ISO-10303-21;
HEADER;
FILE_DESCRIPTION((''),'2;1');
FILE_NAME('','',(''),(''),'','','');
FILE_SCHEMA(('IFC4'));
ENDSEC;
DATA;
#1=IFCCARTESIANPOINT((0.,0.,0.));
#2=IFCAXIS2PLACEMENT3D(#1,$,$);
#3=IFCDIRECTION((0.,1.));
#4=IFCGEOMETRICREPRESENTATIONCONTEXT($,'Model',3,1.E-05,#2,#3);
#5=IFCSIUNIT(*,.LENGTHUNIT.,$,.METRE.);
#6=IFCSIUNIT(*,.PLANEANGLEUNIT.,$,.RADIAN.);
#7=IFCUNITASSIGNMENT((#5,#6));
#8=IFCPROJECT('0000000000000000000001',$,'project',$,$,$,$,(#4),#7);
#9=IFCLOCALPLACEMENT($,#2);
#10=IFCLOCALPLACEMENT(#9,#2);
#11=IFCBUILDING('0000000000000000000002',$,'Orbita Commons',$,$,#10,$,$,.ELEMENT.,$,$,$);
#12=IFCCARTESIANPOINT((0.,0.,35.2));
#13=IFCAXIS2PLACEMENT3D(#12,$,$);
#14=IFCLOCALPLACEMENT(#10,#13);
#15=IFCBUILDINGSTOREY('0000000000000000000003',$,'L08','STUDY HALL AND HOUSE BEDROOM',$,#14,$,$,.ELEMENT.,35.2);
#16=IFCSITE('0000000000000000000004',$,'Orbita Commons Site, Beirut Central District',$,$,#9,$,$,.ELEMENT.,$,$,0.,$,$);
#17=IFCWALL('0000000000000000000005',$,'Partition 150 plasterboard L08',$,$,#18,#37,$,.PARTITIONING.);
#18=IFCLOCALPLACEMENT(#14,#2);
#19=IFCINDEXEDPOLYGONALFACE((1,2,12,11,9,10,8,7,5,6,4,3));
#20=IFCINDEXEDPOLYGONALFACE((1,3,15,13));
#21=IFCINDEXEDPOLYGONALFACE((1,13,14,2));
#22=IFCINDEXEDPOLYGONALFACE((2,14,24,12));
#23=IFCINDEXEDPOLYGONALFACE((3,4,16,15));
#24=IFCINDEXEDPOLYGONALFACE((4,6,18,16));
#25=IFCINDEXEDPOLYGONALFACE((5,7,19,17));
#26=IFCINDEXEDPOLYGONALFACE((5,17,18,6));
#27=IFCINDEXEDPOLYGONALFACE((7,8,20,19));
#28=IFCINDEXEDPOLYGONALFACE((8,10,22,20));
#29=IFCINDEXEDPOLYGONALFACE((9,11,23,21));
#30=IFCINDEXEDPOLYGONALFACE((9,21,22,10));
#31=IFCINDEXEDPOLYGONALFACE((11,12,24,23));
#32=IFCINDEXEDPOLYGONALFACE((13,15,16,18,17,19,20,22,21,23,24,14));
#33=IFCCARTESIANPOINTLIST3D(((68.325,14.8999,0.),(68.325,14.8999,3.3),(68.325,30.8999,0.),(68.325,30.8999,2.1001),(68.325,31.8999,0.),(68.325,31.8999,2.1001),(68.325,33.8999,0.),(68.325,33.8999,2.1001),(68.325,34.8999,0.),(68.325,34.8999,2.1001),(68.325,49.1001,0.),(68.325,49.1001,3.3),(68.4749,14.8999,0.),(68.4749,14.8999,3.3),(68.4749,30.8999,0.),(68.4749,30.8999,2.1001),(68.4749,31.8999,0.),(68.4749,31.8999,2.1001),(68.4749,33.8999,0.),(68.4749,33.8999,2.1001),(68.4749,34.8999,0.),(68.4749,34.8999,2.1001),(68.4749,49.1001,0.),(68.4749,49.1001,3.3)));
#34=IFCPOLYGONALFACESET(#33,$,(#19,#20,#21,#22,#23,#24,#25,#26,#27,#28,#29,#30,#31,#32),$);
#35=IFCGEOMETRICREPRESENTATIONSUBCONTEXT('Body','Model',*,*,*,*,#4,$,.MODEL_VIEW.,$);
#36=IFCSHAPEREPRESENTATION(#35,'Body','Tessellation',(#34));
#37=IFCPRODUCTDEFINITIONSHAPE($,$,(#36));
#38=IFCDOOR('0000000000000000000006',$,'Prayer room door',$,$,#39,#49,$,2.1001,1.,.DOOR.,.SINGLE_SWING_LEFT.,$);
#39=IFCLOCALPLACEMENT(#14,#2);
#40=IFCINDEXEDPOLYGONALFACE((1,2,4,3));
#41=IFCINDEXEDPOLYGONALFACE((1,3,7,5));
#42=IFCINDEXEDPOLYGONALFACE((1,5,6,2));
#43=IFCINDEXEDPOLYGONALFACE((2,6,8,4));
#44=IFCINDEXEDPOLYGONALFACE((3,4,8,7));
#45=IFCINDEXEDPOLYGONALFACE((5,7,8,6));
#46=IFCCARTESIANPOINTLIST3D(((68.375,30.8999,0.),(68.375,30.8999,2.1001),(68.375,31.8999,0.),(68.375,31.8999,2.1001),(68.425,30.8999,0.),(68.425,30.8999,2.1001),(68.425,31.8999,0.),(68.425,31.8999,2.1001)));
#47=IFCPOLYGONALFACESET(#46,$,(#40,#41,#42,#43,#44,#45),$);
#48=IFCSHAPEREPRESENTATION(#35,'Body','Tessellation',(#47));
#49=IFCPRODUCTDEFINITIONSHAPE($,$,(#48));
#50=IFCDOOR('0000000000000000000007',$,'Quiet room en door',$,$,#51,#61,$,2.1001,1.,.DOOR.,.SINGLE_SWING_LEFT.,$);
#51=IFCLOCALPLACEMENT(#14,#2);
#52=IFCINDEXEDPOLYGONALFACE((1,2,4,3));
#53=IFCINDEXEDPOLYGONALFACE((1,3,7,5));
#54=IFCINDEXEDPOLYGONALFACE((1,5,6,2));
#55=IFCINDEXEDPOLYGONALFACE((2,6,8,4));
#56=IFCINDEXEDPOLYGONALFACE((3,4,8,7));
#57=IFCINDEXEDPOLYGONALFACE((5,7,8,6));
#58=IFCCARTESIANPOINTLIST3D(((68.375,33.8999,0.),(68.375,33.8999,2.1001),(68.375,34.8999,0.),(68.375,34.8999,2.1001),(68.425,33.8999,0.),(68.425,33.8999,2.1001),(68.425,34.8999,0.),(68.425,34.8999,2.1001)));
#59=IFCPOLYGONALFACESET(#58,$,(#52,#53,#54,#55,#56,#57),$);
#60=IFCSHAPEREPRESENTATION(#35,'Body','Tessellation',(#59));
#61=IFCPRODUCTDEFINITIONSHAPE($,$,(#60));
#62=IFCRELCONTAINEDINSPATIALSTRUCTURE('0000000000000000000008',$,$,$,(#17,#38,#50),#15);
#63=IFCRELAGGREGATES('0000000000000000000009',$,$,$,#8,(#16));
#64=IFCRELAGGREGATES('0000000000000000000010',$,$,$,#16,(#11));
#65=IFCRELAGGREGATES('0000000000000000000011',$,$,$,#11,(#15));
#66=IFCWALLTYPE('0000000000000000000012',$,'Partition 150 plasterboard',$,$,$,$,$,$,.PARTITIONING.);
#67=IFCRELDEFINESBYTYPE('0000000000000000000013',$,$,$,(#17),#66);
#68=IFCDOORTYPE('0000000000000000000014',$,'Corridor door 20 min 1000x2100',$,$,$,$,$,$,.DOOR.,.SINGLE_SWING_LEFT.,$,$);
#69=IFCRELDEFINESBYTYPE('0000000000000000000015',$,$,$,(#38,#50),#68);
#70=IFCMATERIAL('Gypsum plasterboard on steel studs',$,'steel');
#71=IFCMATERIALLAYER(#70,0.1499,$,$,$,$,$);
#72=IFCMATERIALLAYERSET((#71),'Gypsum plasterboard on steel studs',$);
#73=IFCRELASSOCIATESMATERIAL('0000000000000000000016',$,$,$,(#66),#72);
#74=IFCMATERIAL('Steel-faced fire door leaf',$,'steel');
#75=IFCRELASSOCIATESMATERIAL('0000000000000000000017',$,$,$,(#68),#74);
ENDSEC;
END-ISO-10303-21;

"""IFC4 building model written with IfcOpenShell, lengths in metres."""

from ifc_helpers import new_model, si_unit, direction, frame, frame_2d, origin, place, context, subcontext, project, spatial, rectangle, extrude, material, layer, layer_set, type_object, element, fill, save


model = new_model("IFC4")

# Units and contexts
model_context = context("Model", 3, precision=1e-05, world=origin(), true_north=direction((0.0, 1.0)))
body_context = subcontext(model_context, "Body", "Model", "MODEL_VIEW")
ifc_project = project(units=[si_unit("LENGTHUNIT", "METRE"), si_unit("PLANEANGLEUNIT", "RADIAN")], contexts=[model_context])

# Site, building, storey
site_placement = place(None, origin())
site = spatial("IfcSite", under=ifc_project, at=site_placement, Name="Orbita Commons Site, Beirut Central District", CompositionType="ELEMENT", RefElevation=0.0)
building_placement = place(site_placement, origin())
building = spatial("IfcBuilding", under=site, at=building_placement, Name="Orbita Commons", CompositionType="ELEMENT")
storey_placement = place(building_placement, frame((0.0, 0.0, 35.2)))
storey = spatial("IfcBuildingStorey", under=building, at=storey_placement, Name="L08", Description="STUDY HALL AND HOUSE BEDROOM", CompositionType="ELEMENT", Elevation=35.2)

# Wall, openings, doors
ifc_material_1 = material(Name="Gypsum plasterboard on steel studs", Category="steel")
ifc_layer_1 = layer(ifc_material_1, 0.1499)
ifc_layer_set_1 = layer_set([ifc_layer_1], Name="Gypsum plasterboard on steel studs")
wall_type_1 = type_object("IfcWallType", Name="Partition 150 plasterboard", PredefinedType="PARTITIONING", material=ifc_layer_set_1)
wall_1_placement = place(storey_placement, frame((68.3999, 14.8999, 0.0), z_axis=(0.0, 0.0, 1.0), x_axis=(0.0, 1.0, 0.0)))
wall_1 = element("IfcWall", 1, at=wall_1_placement, inside=storey, type_object=wall_type_1, Name="Partition 150 plasterboard L08", PredefinedType="PARTITIONING", context=body_context, shape_type="SweptSolid", body=[
    extrude(rectangle(XDim=34.2002, YDim=0.1499, at=frame_2d((17.1001, 0.0))), origin(), (0.0, 0.0, 1.0), 3.3),
])
opening_1_placement = place(wall_1_placement, frame((16.0, 0.0, 0.0)))
opening_1 = element("IfcOpeningElement", 2, at=opening_1_placement, cuts=wall_1, PredefinedType="OPENING", context=body_context, shape_type="SweptSolid", body=[
    extrude(rectangle(XDim=1.0, YDim=2.1001, at=frame_2d((0.5, 1.05))), frame((0.0, 0.085, 0.0), z_axis=(0.0, -1.0, 0.0), x_axis=(1.0, 0.0, 0.0)), (0.0, 0.0, 1.0), 0.1699),
])
opening_2_placement = place(wall_1_placement, frame((19.0, 0.0, 0.0)))
opening_2 = element("IfcOpeningElement", 3, at=opening_2_placement, cuts=wall_1, PredefinedType="OPENING", context=body_context, shape_type="SweptSolid", body=[
    extrude(rectangle(XDim=1.0, YDim=2.1001, at=frame_2d((0.5, 1.05))), frame((0.0, 0.085, 0.0), z_axis=(0.0, -1.0, 0.0), x_axis=(1.0, 0.0, 0.0)), (0.0, 0.0, 1.0), 0.1699),
])
ifc_material_2 = material(Name="Steel-faced fire door leaf", Category="steel")
door_type_1 = type_object("IfcDoorType", Name="Corridor door 20 min 1000x2100", OperationType="SINGLE_SWING_LEFT", PredefinedType="DOOR", material=ifc_material_2)
door_1_placement = place(opening_1_placement, origin())
door_1 = element("IfcDoor", 4, at=door_1_placement, inside=storey, type_object=door_type_1, Name="Prayer room door", OperationType="SINGLE_SWING_LEFT", OverallHeight=2.1001, OverallWidth=1.0, PredefinedType="DOOR", context=body_context, shape_type="SweptSolid", body=[
    extrude(rectangle(XDim=1.0, YDim=2.1001, at=frame_2d((0.5, 1.05))), frame((0.0, 0.0249, 0.0), z_axis=(0.0, -1.0, 0.0), x_axis=(1.0, 0.0, 0.0)), (0.0, 0.0, 1.0), 0.05),
])
fill(opening_1, door_1)
door_2_placement = place(opening_2_placement, origin())
door_2 = element("IfcDoor", 5, at=door_2_placement, inside=storey, type_object=door_type_1, Name="Quiet room en door", OperationType="SINGLE_SWING_LEFT", OverallHeight=2.1001, OverallWidth=1.0, PredefinedType="DOOR", context=body_context, shape_type="SweptSolid", body=[
    extrude(rectangle(XDim=1.0, YDim=2.1001, at=frame_2d((0.5, 1.05))), frame((0.0, 0.0249, 0.0), z_axis=(0.0, -1.0, 0.0), x_axis=(1.0, 0.0, 0.0)), (0.0, 0.0, 1.0), 0.05),
])
fill(opening_2, door_2)

save(model, "model.ifc")
